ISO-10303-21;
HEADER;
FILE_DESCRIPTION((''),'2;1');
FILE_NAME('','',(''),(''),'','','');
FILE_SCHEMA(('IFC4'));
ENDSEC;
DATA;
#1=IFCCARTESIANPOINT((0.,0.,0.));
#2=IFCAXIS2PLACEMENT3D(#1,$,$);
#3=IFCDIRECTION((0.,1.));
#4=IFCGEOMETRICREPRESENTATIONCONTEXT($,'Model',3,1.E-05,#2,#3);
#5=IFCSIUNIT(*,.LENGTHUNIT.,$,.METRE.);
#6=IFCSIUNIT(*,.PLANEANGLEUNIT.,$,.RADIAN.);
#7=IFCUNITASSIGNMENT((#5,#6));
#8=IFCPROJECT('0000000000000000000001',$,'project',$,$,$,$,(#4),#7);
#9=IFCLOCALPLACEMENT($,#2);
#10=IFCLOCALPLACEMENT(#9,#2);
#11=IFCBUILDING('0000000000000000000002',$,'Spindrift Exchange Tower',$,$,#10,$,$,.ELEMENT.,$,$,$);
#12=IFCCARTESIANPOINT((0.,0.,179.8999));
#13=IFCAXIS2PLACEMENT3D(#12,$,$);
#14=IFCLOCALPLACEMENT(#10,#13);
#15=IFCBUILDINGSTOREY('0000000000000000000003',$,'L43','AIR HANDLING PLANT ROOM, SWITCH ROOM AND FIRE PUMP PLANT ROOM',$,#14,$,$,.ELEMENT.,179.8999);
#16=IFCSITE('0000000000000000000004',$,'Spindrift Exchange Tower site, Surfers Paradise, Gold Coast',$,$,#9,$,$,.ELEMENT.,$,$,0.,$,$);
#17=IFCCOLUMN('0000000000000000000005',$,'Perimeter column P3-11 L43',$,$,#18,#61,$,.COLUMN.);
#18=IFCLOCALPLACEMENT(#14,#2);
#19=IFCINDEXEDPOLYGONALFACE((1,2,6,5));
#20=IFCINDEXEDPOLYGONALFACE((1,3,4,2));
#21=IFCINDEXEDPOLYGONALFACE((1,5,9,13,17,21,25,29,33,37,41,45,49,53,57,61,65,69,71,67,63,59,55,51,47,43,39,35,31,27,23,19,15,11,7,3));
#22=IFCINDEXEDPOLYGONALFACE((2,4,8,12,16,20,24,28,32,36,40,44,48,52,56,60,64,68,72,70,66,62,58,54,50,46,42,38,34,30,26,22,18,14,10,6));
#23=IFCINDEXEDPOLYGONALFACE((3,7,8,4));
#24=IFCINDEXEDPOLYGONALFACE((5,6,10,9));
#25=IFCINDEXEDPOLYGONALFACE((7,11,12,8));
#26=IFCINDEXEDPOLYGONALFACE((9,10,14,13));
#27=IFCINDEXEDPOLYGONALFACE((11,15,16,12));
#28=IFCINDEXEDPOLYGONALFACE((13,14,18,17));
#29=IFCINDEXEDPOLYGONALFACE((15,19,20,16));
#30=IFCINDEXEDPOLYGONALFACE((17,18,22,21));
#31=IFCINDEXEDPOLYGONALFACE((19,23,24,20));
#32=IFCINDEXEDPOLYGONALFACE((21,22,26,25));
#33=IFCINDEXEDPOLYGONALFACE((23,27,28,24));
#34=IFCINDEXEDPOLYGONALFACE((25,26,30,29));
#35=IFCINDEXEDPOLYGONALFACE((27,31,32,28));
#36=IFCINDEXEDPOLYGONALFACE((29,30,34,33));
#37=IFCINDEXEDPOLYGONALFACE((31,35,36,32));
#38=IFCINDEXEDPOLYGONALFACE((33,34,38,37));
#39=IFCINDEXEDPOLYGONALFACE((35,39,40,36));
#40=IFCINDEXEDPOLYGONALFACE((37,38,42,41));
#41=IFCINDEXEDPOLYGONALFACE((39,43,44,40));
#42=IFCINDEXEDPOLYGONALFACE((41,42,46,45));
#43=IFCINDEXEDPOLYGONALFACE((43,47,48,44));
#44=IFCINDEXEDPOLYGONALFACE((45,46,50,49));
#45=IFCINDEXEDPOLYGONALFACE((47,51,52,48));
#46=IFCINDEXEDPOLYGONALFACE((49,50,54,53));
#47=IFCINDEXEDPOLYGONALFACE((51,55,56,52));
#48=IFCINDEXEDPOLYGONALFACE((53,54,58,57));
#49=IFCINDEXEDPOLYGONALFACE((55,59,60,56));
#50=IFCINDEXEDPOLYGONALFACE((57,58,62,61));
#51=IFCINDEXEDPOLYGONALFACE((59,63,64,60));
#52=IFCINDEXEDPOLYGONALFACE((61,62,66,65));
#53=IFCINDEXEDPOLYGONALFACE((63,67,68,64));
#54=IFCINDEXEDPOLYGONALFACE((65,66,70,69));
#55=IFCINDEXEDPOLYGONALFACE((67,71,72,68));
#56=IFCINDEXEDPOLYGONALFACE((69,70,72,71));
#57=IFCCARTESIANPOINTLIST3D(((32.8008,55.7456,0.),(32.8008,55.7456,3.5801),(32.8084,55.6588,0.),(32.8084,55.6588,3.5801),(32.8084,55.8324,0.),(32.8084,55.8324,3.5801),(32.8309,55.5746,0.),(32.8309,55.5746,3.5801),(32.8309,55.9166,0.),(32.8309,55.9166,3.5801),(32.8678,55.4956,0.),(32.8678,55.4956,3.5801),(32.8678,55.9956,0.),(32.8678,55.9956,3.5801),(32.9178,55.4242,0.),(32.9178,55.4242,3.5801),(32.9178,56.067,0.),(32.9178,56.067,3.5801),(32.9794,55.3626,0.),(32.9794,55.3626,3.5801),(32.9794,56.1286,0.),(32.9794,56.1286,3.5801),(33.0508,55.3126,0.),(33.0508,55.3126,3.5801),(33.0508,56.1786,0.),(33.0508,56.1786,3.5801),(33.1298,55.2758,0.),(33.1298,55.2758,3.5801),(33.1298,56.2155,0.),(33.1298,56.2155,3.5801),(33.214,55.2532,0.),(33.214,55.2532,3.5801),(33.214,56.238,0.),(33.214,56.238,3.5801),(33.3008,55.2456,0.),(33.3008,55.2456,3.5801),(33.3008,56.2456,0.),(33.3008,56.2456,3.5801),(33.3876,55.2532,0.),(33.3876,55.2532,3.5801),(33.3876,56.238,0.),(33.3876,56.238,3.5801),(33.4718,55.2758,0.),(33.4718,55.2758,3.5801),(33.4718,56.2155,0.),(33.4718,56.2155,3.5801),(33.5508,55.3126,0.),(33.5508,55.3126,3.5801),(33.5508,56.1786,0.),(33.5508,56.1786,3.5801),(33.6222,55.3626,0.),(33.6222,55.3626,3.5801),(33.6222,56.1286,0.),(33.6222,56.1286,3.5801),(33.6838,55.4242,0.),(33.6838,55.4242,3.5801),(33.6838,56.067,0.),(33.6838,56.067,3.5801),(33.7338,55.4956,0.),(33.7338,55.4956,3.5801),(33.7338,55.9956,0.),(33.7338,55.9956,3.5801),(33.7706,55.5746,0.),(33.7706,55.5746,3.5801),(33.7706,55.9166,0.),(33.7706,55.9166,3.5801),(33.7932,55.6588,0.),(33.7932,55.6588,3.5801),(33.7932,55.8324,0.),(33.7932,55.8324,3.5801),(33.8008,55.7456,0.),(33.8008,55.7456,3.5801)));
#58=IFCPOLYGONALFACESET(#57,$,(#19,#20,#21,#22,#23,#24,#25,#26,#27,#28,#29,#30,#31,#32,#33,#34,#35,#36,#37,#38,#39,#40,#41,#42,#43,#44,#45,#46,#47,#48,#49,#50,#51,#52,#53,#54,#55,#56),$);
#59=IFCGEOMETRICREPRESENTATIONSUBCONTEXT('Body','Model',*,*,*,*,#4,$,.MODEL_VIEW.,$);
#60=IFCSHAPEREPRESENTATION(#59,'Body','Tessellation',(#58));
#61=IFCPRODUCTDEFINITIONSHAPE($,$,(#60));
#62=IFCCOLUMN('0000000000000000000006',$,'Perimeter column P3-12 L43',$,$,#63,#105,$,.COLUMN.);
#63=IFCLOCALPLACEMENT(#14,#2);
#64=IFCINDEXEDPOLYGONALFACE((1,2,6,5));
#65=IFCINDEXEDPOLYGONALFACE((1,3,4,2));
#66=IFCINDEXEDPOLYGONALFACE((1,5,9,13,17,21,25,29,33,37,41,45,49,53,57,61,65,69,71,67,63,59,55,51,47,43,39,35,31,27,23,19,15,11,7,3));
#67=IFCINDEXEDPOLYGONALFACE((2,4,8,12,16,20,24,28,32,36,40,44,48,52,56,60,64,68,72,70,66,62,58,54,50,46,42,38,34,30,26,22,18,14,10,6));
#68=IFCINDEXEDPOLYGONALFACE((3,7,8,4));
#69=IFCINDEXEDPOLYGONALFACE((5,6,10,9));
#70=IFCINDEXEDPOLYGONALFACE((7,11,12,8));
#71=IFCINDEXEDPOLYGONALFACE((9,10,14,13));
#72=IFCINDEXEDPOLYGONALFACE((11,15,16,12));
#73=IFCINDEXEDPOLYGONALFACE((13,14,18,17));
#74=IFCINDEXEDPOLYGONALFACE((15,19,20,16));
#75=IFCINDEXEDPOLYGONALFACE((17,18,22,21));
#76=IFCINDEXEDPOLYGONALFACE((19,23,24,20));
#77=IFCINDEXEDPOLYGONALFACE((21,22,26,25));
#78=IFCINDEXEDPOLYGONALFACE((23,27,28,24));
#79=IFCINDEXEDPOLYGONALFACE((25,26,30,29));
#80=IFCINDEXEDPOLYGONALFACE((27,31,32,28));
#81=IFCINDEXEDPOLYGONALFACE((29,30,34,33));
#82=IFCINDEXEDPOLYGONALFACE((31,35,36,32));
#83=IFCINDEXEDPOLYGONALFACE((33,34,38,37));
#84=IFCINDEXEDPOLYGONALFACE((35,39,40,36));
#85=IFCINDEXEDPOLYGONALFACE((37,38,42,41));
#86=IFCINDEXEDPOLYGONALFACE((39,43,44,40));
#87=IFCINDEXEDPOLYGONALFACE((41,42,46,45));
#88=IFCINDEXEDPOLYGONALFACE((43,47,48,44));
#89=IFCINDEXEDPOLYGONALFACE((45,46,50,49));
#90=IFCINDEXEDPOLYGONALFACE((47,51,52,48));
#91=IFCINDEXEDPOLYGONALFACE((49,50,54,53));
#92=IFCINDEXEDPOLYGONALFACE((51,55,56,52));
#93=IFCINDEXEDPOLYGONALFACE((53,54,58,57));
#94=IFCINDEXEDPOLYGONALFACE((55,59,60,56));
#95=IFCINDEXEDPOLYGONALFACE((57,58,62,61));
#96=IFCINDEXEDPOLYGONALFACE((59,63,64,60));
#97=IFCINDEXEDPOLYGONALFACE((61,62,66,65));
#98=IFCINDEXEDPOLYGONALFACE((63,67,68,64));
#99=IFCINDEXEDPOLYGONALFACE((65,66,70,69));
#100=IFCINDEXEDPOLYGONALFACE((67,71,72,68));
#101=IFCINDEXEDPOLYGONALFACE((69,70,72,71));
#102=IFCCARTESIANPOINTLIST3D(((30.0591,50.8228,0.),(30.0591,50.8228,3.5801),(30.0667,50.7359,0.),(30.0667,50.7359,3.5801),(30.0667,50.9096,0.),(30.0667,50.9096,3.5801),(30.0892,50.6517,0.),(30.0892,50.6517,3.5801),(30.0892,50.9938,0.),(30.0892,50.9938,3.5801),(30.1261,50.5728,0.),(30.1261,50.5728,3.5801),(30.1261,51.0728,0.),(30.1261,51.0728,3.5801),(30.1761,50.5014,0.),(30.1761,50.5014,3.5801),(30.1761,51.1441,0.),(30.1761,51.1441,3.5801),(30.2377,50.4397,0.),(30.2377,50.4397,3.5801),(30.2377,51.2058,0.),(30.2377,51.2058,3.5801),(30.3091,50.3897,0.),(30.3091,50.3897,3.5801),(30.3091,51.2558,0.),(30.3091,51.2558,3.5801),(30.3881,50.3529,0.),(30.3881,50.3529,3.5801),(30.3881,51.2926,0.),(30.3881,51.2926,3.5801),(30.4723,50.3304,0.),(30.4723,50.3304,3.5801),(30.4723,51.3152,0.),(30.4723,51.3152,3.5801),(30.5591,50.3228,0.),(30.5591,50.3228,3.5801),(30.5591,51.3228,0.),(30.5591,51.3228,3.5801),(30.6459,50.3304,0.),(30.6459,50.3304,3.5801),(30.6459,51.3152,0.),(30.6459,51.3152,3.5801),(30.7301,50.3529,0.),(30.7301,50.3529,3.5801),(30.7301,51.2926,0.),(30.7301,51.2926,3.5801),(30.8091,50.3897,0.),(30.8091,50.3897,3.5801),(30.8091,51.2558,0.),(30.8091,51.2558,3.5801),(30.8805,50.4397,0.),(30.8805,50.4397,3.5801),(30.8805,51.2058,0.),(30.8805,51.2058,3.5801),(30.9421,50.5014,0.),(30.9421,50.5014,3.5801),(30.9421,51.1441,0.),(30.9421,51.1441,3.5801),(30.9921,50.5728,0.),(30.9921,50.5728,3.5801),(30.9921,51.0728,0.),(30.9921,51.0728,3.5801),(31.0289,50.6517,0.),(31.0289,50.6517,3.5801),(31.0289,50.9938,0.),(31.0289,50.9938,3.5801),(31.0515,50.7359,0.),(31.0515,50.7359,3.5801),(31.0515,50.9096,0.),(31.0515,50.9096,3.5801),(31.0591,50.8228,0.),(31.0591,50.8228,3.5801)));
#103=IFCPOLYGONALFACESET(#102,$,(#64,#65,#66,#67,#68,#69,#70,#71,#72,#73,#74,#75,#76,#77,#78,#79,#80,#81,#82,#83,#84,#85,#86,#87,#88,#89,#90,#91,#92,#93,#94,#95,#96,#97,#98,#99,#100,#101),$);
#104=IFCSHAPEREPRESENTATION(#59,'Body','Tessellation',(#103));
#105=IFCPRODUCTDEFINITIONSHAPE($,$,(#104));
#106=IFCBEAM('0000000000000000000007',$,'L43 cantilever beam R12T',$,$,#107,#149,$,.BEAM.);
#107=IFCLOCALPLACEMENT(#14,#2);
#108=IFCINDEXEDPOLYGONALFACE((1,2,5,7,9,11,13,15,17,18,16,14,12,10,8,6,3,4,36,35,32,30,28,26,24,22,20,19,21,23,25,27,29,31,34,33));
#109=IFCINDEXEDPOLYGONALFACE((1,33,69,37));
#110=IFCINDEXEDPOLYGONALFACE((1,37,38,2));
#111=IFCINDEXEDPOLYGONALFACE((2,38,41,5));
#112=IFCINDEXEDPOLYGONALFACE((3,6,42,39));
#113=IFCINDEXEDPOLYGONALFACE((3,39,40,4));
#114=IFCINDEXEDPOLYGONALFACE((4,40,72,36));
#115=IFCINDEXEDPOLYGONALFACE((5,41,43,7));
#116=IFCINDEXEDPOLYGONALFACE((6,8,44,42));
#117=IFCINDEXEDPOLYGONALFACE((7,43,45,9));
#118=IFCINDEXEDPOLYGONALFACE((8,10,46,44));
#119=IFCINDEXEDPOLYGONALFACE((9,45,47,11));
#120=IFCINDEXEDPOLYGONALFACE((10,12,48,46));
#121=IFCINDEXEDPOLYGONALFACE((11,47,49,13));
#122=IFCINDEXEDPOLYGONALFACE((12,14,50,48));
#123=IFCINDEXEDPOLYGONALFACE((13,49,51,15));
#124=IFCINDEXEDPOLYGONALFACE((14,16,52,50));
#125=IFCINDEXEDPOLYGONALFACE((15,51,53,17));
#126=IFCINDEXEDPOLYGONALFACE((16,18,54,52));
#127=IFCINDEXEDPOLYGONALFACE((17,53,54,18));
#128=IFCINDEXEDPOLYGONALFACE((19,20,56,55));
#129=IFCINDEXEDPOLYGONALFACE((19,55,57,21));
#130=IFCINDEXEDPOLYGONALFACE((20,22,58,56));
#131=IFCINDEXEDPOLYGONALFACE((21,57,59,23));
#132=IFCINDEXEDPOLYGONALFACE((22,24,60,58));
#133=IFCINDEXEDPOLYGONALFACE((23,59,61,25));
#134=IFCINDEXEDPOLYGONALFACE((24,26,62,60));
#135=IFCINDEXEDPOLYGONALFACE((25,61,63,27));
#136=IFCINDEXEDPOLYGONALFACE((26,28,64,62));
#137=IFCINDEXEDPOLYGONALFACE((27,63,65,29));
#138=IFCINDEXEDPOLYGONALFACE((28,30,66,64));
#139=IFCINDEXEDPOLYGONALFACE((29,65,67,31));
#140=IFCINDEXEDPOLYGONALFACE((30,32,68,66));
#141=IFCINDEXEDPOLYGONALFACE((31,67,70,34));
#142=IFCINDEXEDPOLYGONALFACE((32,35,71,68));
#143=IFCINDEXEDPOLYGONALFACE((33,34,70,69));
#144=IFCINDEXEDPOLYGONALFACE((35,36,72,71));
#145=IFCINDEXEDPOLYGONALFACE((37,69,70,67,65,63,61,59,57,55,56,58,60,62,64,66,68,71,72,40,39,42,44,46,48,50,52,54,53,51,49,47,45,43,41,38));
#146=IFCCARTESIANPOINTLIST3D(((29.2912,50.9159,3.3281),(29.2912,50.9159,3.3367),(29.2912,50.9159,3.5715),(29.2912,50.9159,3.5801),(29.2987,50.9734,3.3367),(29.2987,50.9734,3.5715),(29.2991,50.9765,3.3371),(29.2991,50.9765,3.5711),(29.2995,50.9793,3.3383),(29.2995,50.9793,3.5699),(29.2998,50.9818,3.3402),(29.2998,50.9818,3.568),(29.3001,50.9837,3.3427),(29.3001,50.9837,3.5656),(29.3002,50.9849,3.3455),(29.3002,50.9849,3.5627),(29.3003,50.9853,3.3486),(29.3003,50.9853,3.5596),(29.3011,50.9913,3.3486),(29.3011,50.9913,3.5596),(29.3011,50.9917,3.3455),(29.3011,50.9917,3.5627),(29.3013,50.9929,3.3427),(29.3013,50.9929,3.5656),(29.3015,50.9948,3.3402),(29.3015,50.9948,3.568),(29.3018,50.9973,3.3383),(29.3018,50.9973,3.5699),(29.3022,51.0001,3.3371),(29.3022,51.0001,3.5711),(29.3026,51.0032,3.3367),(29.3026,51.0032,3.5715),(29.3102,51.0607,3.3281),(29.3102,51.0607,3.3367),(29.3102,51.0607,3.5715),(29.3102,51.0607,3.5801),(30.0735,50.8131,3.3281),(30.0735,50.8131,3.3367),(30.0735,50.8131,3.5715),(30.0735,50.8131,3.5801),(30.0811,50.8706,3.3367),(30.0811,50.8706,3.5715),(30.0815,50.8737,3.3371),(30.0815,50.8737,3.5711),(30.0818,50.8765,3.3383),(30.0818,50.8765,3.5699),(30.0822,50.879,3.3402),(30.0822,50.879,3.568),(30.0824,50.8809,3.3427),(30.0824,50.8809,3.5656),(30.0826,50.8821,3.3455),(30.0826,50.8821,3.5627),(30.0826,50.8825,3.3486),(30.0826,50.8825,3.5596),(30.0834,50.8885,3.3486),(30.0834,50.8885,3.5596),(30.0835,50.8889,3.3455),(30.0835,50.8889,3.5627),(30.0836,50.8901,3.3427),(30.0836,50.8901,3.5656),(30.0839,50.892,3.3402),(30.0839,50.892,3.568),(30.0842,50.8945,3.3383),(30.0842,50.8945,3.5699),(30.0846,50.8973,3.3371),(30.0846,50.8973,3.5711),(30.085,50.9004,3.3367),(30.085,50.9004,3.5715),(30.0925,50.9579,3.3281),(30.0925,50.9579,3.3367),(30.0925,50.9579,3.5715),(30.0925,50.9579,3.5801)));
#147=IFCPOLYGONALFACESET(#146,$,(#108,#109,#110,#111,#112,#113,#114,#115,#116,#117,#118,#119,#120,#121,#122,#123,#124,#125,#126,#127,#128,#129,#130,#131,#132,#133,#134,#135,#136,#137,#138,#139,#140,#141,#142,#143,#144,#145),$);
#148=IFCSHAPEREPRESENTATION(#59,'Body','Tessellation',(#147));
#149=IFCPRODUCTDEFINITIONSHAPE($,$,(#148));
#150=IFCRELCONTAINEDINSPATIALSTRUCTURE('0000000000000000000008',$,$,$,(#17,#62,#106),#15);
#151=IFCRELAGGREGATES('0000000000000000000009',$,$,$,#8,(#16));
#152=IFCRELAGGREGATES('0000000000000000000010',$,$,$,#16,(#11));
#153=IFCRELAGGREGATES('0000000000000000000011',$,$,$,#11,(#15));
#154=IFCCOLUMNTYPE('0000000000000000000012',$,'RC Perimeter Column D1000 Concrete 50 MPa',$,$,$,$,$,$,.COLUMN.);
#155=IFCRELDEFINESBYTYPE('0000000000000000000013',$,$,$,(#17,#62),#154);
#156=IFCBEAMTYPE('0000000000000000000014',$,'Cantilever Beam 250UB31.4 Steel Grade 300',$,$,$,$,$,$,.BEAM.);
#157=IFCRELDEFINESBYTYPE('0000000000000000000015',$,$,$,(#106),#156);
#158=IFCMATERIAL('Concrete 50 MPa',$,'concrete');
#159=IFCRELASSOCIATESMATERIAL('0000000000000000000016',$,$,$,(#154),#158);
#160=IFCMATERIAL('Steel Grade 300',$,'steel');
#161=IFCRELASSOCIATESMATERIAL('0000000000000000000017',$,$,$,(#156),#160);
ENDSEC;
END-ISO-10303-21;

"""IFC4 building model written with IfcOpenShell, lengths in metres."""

from ifc_helpers import new_model, si_unit, direction, frame, origin, origin_2d, place, context, subcontext, project, spatial, circle, i_section, extrude, source, transform, mapped, material, material_profile, profile_set, type_object, element, save


model = new_model("IFC4")

# Units and contexts
model_context = context("Model", 3, precision=1e-05, world=origin(), true_north=direction((0.0, 1.0)))
body_context = subcontext(model_context, "Body", "Model", "MODEL_VIEW")
ifc_project = project(units=[si_unit("LENGTHUNIT", "METRE"), si_unit("PLANEANGLEUNIT", "RADIAN")], contexts=[model_context])

# Site, building, storey
site_placement = place(None, origin())
site = spatial("IfcSite", under=ifc_project, at=site_placement, Name="Spindrift Exchange Tower site, Surfers Paradise, Gold Coast", CompositionType="ELEMENT", RefElevation=0.0)
building_placement = place(site_placement, origin())
building = spatial("IfcBuilding", under=site, at=building_placement, Name="Spindrift Exchange Tower", CompositionType="ELEMENT")
storey_placement = place(building_placement, frame((0.0, 0.0, 179.8999)))
storey = spatial("IfcBuildingStorey", under=building, at=storey_placement, Name="L43", Description="AIR HANDLING PLANT ROOM, SWITCH ROOM AND FIRE PUMP PLANT ROOM", CompositionType="ELEMENT", Elevation=179.8999)

# Columns
ifc_material_1 = material(Name="Concrete 50 MPa", Category="concrete")
ifc_material_profile_1 = material_profile(ifc_material_1, circle(Radius=0.5, at=origin_2d()), Name="RC D1000")
ifc_profile_set_1 = profile_set([ifc_material_profile_1], Name="Concrete 50 MPa")
column_type = type_object("IfcColumnType", Name="RC Perimeter Column D1000 Concrete 50 MPa", PredefinedType="COLUMN", material=ifc_profile_set_1)
shared_shape_1 = source(origin(), body_context, "Body", "SweptSolid", [
    extrude(circle(Radius=0.5, at=origin_2d()), origin(), (0.0, 0.0, 1.0), 3.5801),
])
for number, where, z_axis, x_axis, name in (
    (1, (33.3008, 55.7456, 0.0), (0.0, 0.0, 1.0), (1.0, 0.0, 0.0), "Perimeter column P3-11 L43"),
    (2, (30.5591, 50.8228, 0.0), (0.0, 0.0, 1.0), (1.0, 0.0, 0.0), "Perimeter column P3-12 L43"),
):
    element("IfcColumn", number, at=place(storey_placement, frame(where, z_axis=z_axis, x_axis=x_axis)), inside=storey, type_object=column_type, Name=name, PredefinedType="COLUMN", context=body_context, shape_type="MappedRepresentation", body=[
        mapped(shared_shape_1, transform((0.0, 0.0, 0.0), scale=1.0)),
    ])

# Beam
ifc_material_2 = material(Name="Steel Grade 300", Category="steel")
ifc_material_profile_2 = material_profile(ifc_material_2, i_section(OverallWidth=0.146, OverallDepth=0.252, WebThickness=0.0061, FlangeThickness=0.0085, FilletRadius=0.012, at=origin_2d()), Name="250UB31.4")
ifc_profile_set_2 = profile_set([ifc_material_profile_2], Name="Steel Grade 300")
beam_type_1 = type_object("IfcBeamType", Name="Cantilever Beam 250UB31.4 Steel Grade 300", PredefinedType="BEAM", material=ifc_profile_set_2)
shared_shape_2 = source(origin(), body_context, "Body", "SweptSolid", [
    extrude(i_section(OverallWidth=0.146, OverallDepth=0.252, WebThickness=0.0061, FlangeThickness=0.0085, FilletRadius=0.012, at=origin_2d()), origin(), (0.0, 0.0, 1.0), 0.7891),
])
beam_1_placement = place(storey_placement, frame((30.083, 50.8855, 3.4541), z_axis=(-0.991477, 0.130278, 0.0), x_axis=(-0.130278, -0.991477, 0.0)))
element("IfcBeam", 3, at=beam_1_placement, inside=storey, type_object=beam_type_1, Name="L43 cantilever beam R12T", PredefinedType="BEAM", context=body_context, shape_type="MappedRepresentation", body=[
    mapped(shared_shape_2, transform((0.0, 0.0, 0.0), scale=1.0)),
])

save(model, "model.ifc")
